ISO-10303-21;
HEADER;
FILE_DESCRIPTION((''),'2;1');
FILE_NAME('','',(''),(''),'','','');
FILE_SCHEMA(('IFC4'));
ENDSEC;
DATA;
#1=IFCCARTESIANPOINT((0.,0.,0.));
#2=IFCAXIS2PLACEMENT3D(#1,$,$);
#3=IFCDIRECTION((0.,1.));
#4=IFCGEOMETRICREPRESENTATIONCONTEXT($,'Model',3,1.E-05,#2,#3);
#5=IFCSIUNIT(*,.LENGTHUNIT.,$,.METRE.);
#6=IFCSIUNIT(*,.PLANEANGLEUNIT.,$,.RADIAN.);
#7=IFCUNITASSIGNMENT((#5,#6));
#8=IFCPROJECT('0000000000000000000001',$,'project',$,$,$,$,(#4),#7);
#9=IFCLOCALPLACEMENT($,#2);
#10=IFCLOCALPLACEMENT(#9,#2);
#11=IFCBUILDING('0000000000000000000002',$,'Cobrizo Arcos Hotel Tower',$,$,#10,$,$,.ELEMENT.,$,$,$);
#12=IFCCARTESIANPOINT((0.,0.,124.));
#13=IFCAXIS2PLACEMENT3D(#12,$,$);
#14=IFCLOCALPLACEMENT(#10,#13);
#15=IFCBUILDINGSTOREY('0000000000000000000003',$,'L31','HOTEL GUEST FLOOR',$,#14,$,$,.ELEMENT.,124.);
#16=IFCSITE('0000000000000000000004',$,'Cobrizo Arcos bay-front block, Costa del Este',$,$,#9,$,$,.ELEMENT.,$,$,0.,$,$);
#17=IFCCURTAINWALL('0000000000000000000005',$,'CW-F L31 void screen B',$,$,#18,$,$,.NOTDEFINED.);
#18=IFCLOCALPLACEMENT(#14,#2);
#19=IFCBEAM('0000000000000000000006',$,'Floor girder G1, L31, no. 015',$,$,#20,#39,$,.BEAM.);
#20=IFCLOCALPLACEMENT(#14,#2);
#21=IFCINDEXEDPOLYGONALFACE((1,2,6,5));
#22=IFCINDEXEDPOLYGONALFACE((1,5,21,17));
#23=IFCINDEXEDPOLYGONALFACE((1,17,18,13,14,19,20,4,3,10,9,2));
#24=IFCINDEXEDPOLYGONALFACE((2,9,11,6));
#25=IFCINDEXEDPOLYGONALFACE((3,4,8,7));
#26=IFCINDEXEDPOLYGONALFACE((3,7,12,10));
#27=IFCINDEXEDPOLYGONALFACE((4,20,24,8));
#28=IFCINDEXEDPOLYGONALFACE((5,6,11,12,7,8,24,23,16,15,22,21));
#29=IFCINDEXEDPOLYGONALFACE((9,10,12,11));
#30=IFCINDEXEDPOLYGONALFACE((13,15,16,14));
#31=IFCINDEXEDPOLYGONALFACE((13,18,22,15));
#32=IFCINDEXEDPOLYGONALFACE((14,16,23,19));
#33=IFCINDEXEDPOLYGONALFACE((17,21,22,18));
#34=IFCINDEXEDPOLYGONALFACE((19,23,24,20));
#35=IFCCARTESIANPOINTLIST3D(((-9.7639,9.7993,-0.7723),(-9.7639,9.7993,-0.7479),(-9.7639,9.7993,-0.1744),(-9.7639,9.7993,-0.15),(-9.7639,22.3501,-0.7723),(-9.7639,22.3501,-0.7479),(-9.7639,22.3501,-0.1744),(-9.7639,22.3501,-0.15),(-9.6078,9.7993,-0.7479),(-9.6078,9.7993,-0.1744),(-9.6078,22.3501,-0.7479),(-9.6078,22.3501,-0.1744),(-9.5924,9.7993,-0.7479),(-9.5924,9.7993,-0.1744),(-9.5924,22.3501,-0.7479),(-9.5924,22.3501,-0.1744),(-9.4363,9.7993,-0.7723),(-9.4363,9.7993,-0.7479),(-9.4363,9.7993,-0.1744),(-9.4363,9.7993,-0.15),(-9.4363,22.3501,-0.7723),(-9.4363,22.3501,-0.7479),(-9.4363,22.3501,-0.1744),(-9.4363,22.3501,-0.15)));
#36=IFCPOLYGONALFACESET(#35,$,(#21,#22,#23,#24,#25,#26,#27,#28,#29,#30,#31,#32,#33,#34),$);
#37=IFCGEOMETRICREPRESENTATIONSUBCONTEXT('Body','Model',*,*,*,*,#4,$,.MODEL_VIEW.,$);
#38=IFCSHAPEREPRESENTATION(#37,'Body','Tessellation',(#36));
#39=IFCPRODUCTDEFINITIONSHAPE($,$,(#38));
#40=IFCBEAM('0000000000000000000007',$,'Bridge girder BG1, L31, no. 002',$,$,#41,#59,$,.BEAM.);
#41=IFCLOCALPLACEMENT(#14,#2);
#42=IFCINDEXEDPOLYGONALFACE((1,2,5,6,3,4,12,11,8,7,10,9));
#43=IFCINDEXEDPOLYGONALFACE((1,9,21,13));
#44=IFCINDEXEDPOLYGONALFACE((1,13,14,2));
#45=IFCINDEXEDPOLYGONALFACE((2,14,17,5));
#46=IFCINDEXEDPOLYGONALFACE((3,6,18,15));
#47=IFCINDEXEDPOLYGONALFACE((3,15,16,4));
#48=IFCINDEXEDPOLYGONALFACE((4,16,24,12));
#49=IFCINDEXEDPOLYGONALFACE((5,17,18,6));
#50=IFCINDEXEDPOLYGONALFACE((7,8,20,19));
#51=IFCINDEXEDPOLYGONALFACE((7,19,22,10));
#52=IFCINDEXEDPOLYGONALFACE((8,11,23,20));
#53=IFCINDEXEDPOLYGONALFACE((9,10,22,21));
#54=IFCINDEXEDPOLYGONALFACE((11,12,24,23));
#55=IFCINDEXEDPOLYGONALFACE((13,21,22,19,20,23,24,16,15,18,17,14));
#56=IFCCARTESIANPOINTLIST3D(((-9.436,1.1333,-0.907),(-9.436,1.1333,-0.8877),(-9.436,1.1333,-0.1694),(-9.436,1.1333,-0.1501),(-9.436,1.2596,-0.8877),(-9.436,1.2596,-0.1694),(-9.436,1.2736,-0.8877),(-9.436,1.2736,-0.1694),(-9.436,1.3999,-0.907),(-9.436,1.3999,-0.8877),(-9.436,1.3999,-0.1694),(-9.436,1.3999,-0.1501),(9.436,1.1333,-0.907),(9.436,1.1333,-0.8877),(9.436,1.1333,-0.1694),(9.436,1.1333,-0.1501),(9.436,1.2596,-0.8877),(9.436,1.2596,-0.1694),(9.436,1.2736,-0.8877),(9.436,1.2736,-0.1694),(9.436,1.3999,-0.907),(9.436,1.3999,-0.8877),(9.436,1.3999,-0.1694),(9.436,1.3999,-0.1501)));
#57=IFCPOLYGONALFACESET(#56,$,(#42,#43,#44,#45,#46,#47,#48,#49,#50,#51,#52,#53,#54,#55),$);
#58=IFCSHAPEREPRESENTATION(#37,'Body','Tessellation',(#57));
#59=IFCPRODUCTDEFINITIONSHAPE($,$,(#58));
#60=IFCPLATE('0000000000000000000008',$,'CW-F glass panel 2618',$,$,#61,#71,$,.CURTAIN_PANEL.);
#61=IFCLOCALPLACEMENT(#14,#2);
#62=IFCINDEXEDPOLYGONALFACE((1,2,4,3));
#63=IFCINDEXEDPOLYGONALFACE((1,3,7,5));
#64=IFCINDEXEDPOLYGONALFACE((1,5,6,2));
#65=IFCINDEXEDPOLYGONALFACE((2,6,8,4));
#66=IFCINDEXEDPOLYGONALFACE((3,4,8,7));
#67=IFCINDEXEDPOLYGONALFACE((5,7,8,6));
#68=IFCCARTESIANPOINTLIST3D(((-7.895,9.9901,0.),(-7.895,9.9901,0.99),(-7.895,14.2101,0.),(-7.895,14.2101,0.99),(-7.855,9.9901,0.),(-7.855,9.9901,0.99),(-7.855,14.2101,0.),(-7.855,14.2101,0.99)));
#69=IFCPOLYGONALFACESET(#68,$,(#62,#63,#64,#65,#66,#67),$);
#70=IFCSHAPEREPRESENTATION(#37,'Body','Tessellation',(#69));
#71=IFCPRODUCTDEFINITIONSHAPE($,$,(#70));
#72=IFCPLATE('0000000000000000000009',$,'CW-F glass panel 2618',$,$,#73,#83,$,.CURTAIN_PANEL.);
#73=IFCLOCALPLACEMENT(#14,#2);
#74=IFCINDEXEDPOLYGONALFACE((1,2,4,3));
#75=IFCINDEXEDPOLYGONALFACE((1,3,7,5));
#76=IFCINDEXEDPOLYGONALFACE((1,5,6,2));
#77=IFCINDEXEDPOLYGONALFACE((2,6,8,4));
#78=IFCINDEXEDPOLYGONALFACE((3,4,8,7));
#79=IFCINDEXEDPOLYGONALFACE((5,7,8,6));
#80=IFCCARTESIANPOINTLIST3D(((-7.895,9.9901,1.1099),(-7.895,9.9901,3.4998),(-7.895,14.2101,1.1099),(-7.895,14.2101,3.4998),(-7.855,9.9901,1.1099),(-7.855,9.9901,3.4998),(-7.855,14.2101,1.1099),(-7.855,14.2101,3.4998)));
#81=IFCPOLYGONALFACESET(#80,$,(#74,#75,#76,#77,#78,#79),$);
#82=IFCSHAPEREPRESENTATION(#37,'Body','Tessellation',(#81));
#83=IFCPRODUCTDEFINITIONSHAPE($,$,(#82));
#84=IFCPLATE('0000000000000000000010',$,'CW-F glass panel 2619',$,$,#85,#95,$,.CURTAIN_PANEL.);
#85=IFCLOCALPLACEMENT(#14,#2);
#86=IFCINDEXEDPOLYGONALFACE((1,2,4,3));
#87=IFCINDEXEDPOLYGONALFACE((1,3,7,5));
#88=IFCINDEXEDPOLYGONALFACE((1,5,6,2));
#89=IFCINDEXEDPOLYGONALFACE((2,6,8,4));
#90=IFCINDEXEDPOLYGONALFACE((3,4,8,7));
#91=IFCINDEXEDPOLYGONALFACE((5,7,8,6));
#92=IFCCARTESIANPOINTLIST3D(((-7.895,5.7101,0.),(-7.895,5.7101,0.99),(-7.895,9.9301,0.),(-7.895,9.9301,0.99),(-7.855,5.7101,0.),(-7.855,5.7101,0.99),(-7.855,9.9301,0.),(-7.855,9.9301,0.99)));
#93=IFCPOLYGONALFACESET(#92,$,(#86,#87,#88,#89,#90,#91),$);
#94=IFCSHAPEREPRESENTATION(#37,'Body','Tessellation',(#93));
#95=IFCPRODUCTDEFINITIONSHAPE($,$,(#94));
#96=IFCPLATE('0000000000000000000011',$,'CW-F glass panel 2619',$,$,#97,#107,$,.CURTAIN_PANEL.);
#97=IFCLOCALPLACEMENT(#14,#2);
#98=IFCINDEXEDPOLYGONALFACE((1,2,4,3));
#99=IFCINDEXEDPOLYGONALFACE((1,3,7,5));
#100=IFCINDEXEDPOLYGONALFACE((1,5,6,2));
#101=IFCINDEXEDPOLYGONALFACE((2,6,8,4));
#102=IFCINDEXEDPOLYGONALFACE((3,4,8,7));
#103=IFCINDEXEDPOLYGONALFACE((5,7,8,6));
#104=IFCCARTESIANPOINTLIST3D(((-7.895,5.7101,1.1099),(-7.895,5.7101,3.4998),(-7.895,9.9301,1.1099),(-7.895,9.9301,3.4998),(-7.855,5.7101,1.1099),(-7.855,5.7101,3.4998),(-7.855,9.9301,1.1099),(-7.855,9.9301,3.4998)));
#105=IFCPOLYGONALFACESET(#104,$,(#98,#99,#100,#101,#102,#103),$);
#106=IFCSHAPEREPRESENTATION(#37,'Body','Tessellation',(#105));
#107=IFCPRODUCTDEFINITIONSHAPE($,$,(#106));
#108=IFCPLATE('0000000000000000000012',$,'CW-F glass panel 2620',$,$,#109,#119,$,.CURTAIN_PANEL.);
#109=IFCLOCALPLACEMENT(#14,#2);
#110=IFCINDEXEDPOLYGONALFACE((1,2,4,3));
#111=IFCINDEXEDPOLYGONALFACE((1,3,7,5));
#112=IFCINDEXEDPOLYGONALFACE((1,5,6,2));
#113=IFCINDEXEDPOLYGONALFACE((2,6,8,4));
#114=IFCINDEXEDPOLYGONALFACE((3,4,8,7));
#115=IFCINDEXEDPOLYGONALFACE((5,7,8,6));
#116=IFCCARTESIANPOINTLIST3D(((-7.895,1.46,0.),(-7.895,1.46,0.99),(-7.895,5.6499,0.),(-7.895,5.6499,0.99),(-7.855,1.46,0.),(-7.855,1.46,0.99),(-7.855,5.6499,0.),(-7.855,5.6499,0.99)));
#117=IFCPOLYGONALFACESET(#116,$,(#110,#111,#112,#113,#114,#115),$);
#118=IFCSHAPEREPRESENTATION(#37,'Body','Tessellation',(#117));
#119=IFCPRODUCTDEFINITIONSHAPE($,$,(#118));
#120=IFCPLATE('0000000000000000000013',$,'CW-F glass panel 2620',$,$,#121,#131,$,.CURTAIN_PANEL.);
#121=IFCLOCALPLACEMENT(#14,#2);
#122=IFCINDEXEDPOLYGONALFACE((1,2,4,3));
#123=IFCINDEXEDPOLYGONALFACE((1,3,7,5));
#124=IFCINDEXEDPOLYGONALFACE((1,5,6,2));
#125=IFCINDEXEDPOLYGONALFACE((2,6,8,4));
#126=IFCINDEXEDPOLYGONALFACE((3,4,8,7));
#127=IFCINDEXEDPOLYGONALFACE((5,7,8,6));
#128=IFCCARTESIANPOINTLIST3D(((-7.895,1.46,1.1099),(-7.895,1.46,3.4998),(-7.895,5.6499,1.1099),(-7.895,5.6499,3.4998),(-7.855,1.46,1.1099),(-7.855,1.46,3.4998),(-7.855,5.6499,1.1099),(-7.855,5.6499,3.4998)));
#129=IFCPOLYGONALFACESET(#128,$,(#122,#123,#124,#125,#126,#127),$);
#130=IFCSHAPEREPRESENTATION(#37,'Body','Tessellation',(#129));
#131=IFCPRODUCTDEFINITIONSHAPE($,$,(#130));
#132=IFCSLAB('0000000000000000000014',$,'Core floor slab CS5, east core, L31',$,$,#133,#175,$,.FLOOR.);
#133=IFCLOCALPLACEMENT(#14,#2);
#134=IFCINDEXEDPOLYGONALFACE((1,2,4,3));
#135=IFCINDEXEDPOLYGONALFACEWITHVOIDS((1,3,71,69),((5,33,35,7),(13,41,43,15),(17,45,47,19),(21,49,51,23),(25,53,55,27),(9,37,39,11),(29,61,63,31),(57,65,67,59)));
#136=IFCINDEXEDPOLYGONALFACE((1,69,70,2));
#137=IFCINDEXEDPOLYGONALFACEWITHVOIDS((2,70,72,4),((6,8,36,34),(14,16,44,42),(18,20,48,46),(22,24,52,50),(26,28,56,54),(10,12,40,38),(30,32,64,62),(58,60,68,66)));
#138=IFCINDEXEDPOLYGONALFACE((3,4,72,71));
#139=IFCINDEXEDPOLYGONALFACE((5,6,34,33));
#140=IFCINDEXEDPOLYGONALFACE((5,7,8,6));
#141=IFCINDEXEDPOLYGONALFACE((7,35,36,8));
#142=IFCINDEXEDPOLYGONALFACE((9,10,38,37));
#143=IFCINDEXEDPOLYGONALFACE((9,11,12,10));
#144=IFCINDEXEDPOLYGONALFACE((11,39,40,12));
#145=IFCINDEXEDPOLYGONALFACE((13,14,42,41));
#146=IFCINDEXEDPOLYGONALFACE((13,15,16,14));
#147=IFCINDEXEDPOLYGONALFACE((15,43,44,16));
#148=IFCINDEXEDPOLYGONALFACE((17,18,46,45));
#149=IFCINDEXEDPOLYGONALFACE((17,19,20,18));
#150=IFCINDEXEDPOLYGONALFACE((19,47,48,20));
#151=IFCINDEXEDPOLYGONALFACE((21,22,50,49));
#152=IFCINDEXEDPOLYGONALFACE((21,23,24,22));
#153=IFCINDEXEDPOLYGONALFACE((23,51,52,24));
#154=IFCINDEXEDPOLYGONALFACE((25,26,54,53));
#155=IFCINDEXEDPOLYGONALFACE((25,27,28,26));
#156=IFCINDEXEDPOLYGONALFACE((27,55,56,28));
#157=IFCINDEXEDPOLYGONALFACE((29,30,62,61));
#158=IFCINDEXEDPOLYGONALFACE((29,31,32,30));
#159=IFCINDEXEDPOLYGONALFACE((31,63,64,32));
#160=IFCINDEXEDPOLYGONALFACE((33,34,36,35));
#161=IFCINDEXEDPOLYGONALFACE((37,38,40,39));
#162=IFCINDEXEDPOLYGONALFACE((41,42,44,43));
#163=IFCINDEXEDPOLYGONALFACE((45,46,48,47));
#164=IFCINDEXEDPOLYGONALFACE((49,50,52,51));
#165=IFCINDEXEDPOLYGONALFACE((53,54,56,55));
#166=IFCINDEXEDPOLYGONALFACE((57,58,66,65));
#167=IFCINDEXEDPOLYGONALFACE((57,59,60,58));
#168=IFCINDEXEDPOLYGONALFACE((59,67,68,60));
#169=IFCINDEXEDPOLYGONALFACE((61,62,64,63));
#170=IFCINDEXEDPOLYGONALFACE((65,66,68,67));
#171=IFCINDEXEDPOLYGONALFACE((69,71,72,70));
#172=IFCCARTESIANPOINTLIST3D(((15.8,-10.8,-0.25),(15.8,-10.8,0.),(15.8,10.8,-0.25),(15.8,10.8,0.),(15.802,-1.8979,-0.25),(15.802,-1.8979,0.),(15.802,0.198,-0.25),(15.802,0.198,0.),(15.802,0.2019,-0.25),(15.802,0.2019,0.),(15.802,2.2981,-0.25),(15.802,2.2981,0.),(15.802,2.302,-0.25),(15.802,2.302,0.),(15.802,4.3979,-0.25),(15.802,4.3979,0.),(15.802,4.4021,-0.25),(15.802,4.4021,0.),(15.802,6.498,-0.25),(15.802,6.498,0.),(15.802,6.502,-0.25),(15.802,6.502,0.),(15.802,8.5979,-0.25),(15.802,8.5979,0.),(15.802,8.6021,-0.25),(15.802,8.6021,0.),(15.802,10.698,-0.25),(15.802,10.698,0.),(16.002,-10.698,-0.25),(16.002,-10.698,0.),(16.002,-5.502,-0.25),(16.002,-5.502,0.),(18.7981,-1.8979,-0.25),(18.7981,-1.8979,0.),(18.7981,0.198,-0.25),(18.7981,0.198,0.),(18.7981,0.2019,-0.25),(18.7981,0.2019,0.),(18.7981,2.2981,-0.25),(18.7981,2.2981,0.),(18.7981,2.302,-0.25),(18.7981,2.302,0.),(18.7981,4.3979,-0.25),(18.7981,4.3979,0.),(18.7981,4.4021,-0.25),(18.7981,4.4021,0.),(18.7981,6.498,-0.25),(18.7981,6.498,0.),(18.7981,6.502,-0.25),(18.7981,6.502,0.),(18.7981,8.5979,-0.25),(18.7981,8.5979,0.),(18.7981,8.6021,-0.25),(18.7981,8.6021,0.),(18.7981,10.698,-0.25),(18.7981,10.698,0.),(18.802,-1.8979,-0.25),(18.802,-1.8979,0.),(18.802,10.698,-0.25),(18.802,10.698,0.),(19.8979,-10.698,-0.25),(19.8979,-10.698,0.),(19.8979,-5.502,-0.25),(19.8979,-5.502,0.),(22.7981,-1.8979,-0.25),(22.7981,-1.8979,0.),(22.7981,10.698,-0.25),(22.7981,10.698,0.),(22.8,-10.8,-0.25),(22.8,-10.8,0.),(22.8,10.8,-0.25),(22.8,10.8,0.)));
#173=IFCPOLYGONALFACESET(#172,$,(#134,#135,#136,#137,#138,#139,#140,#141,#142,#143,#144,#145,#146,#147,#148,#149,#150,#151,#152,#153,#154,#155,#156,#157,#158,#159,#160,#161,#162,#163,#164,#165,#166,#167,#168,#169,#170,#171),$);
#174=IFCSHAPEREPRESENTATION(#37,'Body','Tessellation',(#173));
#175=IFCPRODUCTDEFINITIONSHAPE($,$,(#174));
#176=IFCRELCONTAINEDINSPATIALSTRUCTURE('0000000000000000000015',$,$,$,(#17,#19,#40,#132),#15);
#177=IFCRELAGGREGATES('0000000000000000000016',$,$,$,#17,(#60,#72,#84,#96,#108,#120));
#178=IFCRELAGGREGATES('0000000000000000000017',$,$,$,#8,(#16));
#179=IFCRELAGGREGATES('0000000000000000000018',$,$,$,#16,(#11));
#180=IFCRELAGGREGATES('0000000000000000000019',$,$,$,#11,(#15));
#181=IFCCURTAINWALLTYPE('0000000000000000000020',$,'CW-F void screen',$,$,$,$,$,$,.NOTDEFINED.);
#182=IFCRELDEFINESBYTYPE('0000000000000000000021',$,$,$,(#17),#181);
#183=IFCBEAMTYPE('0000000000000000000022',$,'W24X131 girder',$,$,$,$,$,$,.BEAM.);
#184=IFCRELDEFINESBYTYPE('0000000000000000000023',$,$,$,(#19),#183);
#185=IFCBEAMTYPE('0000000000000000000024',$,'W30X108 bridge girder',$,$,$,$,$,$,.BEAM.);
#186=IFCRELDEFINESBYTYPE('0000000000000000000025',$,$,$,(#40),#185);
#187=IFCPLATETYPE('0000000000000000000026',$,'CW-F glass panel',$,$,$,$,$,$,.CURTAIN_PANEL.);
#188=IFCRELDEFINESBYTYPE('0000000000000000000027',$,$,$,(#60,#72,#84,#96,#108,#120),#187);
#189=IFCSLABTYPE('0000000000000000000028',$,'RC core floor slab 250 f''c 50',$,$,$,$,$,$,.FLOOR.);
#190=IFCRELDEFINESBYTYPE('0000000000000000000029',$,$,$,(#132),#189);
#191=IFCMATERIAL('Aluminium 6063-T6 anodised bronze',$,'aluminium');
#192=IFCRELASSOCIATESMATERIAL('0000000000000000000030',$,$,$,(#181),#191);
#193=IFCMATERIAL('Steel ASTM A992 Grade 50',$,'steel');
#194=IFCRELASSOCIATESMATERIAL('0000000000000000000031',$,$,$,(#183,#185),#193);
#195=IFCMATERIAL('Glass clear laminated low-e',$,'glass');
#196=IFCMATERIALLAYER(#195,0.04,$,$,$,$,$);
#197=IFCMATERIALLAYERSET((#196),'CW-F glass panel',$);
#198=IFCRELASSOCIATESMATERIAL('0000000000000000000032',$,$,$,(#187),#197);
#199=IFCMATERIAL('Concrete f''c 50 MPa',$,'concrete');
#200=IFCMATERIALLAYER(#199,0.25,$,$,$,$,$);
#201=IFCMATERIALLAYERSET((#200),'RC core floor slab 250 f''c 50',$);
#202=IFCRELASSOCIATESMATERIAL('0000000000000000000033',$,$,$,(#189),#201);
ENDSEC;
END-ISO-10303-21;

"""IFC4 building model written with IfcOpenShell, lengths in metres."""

from ifc_helpers import new_model, si_unit, direction, frame, origin, origin_2d, place, context, subcontext, project, spatial, polyline, rectangle, i_section, outline, extrude, material, layer, layer_set, material_profile, profile_set, type_object, element, aggregate, save


model = new_model("IFC4")

# Units and contexts
model_context = context("Model", 3, precision=1e-05, world=origin(), true_north=direction((0.0, 1.0)))
body_context = subcontext(model_context, "Body", "Model", "MODEL_VIEW")
ifc_project = project(units=[si_unit("LENGTHUNIT", "METRE"), si_unit("PLANEANGLEUNIT", "RADIAN")], contexts=[model_context])

# Site, building, storey
site_placement = place(None, origin())
site = spatial("IfcSite", under=ifc_project, at=site_placement, Name="Cobrizo Arcos bay-front block, Costa del Este", CompositionType="ELEMENT", RefElevation=0.0)
building_placement = place(site_placement, origin())
building = spatial("IfcBuilding", under=site, at=building_placement, Name="Cobrizo Arcos Hotel Tower", CompositionType="ELEMENT")
storey_placement = place(building_placement, frame((0.0, 0.0, 124.0)))
storey = spatial("IfcBuildingStorey", under=building, at=storey_placement, Name="L31", Description="HOTEL GUEST FLOOR", CompositionType="ELEMENT", Elevation=124.0)

# Shared definitions
ifc_material_1 = material(Name="Steel ASTM A992 Grade 50", Category="steel")

# Curtain wall
ifc_material_2 = material(Name="Aluminium 6063-T6 anodised bronze", Category="aluminium")
curtain_wall_type = type_object("IfcCurtainWallType", Name="CW-F void screen", PredefinedType="NOTDEFINED", material=ifc_material_2)
curtain_wall_placement = place(storey_placement, origin())
curtain_wall = element("IfcCurtainWall", 1, at=curtain_wall_placement, inside=storey, type_object=curtain_wall_type, Name="CW-F L31 void screen B", PredefinedType="NOTDEFINED")

# Beams
ifc_material_profile_1 = material_profile(ifc_material_1, i_section(OverallWidth=0.3276, OverallDepth=0.6223, WebThickness=0.0154, FlangeThickness=0.0244, at=origin_2d()), Name="W24X131")
ifc_profile_set_1 = profile_set([ifc_material_profile_1], Name="Steel ASTM A992 Grade 50")
beam_type_1 = type_object("IfcBeamType", Name="W24X131 girder", PredefinedType="BEAM", material=ifc_profile_set_1)
beam_1_placement = place(storey_placement, frame((-9.6001, 9.7993, -0.4612), z_axis=(0.0, 1.0, 0.0), x_axis=(-1.0, 0.0, 0.0)))
element("IfcBeam", 2, at=beam_1_placement, inside=storey, type_object=beam_type_1, Name="Floor girder G1, L31, no. 015", PredefinedType="BEAM", context=body_context, shape_type="SweptSolid", body=[
    extrude(i_section(OverallWidth=0.3276, OverallDepth=0.6223, WebThickness=0.0154, FlangeThickness=0.0244, at=origin_2d()), origin(), (0.0, 0.0, 1.0), 12.5508),
])
ifc_material_profile_2 = material_profile(ifc_material_1, i_section(OverallWidth=0.2666, OverallDepth=0.7568, WebThickness=0.0139, FlangeThickness=0.0193, at=origin_2d()), Name="W30X108")
ifc_profile_set_2 = profile_set([ifc_material_profile_2], Name="Steel ASTM A992 Grade 50")
beam_type_2 = type_object("IfcBeamType", Name="W30X108 bridge girder", PredefinedType="BEAM", material=ifc_profile_set_2)
beam_2_placement = place(storey_placement, frame((-9.436, 1.2666, -0.5286), z_axis=(1.0, 0.0, 0.0), x_axis=(0.0, 1.0, 0.0)))
element("IfcBeam", 3, at=beam_2_placement, inside=storey, type_object=beam_type_2, Name="Bridge girder BG1, L31, no. 002", PredefinedType="BEAM", context=body_context, shape_type="SweptSolid", body=[
    extrude(i_section(OverallWidth=0.2666, OverallDepth=0.7568, WebThickness=0.0139, FlangeThickness=0.0193, at=origin_2d()), origin(), (0.0, 0.0, 1.0), 18.8721),
])

# Plates
ifc_material_3 = material(Name="Glass clear laminated low-e", Category="glass")
ifc_layer_1 = layer(ifc_material_3, 0.04)
ifc_layer_set_1 = layer_set([ifc_layer_1], Name="CW-F glass panel")
plate_type = type_object("IfcPlateType", Name="CW-F glass panel", PredefinedType="CURTAIN_PANEL", material=ifc_layer_set_1)
plate_1_placement = place(storey_placement, frame((-7.875, 12.1001, 0.0), z_axis=(0.0, 0.0, 1.0), x_axis=(0.0, -1.0, 0.0)))
plate_1 = element("IfcPlate", 4, at=plate_1_placement, type_object=plate_type, Name="CW-F glass panel 2618", PredefinedType="CURTAIN_PANEL", context=body_context, shape_type="SweptSolid", body=[
    extrude(rectangle(XDim=4.22, YDim=0.04, at=origin_2d()), origin(), (0.0, 0.0, 1.0), 0.99),
])
plate_2_placement = place(storey_placement, frame((-7.875, 12.1001, 1.1099), z_axis=(0.0, 0.0, 1.0), x_axis=(0.0, -1.0, 0.0)))
plate_2 = element("IfcPlate", 5, at=plate_2_placement, type_object=plate_type, Name="CW-F glass panel 2618", PredefinedType="CURTAIN_PANEL", context=body_context, shape_type="SweptSolid", body=[
    extrude(rectangle(XDim=4.22, YDim=0.04, at=origin_2d()), origin(), (0.0, 0.0, 1.0), 2.3899),
])
plate_3_placement = place(storey_placement, frame((-7.875, 7.8201, 0.0), z_axis=(0.0, 0.0, 1.0), x_axis=(0.0, -1.0, 0.0)))
plate_3 = element("IfcPlate", 6, at=plate_3_placement, type_object=plate_type, Name="CW-F glass panel 2619", PredefinedType="CURTAIN_PANEL", context=body_context, shape_type="SweptSolid", body=[
    extrude(rectangle(XDim=4.22, YDim=0.04, at=origin_2d()), origin(), (0.0, 0.0, 1.0), 0.99),
])
plate_4_placement = place(storey_placement, frame((-7.875, 7.8201, 1.1099), z_axis=(0.0, 0.0, 1.0), x_axis=(0.0, -1.0, 0.0)))
plate_4 = element("IfcPlate", 7, at=plate_4_placement, type_object=plate_type, Name="CW-F glass panel 2619", PredefinedType="CURTAIN_PANEL", context=body_context, shape_type="SweptSolid", body=[
    extrude(rectangle(XDim=4.22, YDim=0.04, at=origin_2d()), origin(), (0.0, 0.0, 1.0), 2.3899),
])
plate_5_placement = place(storey_placement, frame((-7.875, 3.5549, 0.0), z_axis=(0.0, 0.0, 1.0), x_axis=(0.0, -1.0, 0.0)))
plate_5 = element("IfcPlate", 8, at=plate_5_placement, type_object=plate_type, Name="CW-F glass panel 2620", PredefinedType="CURTAIN_PANEL", context=body_context, shape_type="SweptSolid", body=[
    extrude(rectangle(XDim=4.1899, YDim=0.04, at=origin_2d()), origin(), (0.0, 0.0, 1.0), 0.99),
])
plate_6_placement = place(storey_placement, frame((-7.875, 3.5549, 1.1099), z_axis=(0.0, 0.0, 1.0), x_axis=(0.0, -1.0, 0.0)))
plate_6 = element("IfcPlate", 9, at=plate_6_placement, type_object=plate_type, Name="CW-F glass panel 2620", PredefinedType="CURTAIN_PANEL", context=body_context, shape_type="SweptSolid", body=[
    extrude(rectangle(XDim=4.1899, YDim=0.04, at=origin_2d()), origin(), (0.0, 0.0, 1.0), 2.3899),
])
aggregate(curtain_wall, [plate_1, plate_2, plate_3, plate_4, plate_5, plate_6])

# Slab
ifc_material_4 = material(Name="Concrete f'c 50 MPa", Category="concrete")
ifc_layer_2 = layer(ifc_material_4, 0.25)
ifc_layer_set_2 = layer_set([ifc_layer_2], Name="RC core floor slab 250 f'c 50")
slab_type = type_object("IfcSlabType", Name="RC core floor slab 250 f'c 50", PredefinedType="FLOOR", material=ifc_layer_set_2)
slab_placement = place(storey_placement, frame((0.0, 0.0, -0.25)))
element("IfcSlab", 10, at=slab_placement, inside=storey, type_object=slab_type, Name="Core floor slab CS5, east core, L31", PredefinedType="FLOOR", context=body_context, shape_type="SweptSolid", body=[
    extrude(outline(polyline([(15.8, 10.8), (22.8, 10.8), (22.8, -10.8), (15.8, -10.8), (15.8, 10.8)]), holes=[polyline([(19.8979, -10.698), (19.8979, -5.502), (16.002, -5.502), (16.002, -10.698), (19.8979, -10.698)]), polyline([(15.802, 0.198), (15.802, -1.8979), (18.7981, -1.8979), (18.7981, 0.198), (15.802, 0.198)]), polyline([(18.7981, 2.2981), (15.802, 2.2981), (15.802, 0.2019), (18.7981, 0.2019), (18.7981, 2.2981)]), polyline([(18.7981, 4.3979), (15.802, 4.3979), (15.802, 2.302), (18.7981, 2.302), (18.7981, 4.3979)]), polyline([(22.7981, 10.698), (18.802, 10.698), (18.802, -1.8979), (22.7981, -1.8979), (22.7981, 10.698)]), polyline([(18.7981, 6.498), (15.802, 6.498), (15.802, 4.4021), (18.7981, 4.4021), (18.7981, 6.498)]), polyline([(18.7981, 8.5979), (15.802, 8.5979), (15.802, 6.502), (18.7981, 6.502), (18.7981, 8.5979)]), polyline([(18.7981, 10.698), (15.802, 10.698), (15.802, 8.6021), (18.7981, 8.6021), (18.7981, 10.698)])]), origin(), (0.0, 0.0, 1.0), 0.25),
])

save(model, "model.ifc")
